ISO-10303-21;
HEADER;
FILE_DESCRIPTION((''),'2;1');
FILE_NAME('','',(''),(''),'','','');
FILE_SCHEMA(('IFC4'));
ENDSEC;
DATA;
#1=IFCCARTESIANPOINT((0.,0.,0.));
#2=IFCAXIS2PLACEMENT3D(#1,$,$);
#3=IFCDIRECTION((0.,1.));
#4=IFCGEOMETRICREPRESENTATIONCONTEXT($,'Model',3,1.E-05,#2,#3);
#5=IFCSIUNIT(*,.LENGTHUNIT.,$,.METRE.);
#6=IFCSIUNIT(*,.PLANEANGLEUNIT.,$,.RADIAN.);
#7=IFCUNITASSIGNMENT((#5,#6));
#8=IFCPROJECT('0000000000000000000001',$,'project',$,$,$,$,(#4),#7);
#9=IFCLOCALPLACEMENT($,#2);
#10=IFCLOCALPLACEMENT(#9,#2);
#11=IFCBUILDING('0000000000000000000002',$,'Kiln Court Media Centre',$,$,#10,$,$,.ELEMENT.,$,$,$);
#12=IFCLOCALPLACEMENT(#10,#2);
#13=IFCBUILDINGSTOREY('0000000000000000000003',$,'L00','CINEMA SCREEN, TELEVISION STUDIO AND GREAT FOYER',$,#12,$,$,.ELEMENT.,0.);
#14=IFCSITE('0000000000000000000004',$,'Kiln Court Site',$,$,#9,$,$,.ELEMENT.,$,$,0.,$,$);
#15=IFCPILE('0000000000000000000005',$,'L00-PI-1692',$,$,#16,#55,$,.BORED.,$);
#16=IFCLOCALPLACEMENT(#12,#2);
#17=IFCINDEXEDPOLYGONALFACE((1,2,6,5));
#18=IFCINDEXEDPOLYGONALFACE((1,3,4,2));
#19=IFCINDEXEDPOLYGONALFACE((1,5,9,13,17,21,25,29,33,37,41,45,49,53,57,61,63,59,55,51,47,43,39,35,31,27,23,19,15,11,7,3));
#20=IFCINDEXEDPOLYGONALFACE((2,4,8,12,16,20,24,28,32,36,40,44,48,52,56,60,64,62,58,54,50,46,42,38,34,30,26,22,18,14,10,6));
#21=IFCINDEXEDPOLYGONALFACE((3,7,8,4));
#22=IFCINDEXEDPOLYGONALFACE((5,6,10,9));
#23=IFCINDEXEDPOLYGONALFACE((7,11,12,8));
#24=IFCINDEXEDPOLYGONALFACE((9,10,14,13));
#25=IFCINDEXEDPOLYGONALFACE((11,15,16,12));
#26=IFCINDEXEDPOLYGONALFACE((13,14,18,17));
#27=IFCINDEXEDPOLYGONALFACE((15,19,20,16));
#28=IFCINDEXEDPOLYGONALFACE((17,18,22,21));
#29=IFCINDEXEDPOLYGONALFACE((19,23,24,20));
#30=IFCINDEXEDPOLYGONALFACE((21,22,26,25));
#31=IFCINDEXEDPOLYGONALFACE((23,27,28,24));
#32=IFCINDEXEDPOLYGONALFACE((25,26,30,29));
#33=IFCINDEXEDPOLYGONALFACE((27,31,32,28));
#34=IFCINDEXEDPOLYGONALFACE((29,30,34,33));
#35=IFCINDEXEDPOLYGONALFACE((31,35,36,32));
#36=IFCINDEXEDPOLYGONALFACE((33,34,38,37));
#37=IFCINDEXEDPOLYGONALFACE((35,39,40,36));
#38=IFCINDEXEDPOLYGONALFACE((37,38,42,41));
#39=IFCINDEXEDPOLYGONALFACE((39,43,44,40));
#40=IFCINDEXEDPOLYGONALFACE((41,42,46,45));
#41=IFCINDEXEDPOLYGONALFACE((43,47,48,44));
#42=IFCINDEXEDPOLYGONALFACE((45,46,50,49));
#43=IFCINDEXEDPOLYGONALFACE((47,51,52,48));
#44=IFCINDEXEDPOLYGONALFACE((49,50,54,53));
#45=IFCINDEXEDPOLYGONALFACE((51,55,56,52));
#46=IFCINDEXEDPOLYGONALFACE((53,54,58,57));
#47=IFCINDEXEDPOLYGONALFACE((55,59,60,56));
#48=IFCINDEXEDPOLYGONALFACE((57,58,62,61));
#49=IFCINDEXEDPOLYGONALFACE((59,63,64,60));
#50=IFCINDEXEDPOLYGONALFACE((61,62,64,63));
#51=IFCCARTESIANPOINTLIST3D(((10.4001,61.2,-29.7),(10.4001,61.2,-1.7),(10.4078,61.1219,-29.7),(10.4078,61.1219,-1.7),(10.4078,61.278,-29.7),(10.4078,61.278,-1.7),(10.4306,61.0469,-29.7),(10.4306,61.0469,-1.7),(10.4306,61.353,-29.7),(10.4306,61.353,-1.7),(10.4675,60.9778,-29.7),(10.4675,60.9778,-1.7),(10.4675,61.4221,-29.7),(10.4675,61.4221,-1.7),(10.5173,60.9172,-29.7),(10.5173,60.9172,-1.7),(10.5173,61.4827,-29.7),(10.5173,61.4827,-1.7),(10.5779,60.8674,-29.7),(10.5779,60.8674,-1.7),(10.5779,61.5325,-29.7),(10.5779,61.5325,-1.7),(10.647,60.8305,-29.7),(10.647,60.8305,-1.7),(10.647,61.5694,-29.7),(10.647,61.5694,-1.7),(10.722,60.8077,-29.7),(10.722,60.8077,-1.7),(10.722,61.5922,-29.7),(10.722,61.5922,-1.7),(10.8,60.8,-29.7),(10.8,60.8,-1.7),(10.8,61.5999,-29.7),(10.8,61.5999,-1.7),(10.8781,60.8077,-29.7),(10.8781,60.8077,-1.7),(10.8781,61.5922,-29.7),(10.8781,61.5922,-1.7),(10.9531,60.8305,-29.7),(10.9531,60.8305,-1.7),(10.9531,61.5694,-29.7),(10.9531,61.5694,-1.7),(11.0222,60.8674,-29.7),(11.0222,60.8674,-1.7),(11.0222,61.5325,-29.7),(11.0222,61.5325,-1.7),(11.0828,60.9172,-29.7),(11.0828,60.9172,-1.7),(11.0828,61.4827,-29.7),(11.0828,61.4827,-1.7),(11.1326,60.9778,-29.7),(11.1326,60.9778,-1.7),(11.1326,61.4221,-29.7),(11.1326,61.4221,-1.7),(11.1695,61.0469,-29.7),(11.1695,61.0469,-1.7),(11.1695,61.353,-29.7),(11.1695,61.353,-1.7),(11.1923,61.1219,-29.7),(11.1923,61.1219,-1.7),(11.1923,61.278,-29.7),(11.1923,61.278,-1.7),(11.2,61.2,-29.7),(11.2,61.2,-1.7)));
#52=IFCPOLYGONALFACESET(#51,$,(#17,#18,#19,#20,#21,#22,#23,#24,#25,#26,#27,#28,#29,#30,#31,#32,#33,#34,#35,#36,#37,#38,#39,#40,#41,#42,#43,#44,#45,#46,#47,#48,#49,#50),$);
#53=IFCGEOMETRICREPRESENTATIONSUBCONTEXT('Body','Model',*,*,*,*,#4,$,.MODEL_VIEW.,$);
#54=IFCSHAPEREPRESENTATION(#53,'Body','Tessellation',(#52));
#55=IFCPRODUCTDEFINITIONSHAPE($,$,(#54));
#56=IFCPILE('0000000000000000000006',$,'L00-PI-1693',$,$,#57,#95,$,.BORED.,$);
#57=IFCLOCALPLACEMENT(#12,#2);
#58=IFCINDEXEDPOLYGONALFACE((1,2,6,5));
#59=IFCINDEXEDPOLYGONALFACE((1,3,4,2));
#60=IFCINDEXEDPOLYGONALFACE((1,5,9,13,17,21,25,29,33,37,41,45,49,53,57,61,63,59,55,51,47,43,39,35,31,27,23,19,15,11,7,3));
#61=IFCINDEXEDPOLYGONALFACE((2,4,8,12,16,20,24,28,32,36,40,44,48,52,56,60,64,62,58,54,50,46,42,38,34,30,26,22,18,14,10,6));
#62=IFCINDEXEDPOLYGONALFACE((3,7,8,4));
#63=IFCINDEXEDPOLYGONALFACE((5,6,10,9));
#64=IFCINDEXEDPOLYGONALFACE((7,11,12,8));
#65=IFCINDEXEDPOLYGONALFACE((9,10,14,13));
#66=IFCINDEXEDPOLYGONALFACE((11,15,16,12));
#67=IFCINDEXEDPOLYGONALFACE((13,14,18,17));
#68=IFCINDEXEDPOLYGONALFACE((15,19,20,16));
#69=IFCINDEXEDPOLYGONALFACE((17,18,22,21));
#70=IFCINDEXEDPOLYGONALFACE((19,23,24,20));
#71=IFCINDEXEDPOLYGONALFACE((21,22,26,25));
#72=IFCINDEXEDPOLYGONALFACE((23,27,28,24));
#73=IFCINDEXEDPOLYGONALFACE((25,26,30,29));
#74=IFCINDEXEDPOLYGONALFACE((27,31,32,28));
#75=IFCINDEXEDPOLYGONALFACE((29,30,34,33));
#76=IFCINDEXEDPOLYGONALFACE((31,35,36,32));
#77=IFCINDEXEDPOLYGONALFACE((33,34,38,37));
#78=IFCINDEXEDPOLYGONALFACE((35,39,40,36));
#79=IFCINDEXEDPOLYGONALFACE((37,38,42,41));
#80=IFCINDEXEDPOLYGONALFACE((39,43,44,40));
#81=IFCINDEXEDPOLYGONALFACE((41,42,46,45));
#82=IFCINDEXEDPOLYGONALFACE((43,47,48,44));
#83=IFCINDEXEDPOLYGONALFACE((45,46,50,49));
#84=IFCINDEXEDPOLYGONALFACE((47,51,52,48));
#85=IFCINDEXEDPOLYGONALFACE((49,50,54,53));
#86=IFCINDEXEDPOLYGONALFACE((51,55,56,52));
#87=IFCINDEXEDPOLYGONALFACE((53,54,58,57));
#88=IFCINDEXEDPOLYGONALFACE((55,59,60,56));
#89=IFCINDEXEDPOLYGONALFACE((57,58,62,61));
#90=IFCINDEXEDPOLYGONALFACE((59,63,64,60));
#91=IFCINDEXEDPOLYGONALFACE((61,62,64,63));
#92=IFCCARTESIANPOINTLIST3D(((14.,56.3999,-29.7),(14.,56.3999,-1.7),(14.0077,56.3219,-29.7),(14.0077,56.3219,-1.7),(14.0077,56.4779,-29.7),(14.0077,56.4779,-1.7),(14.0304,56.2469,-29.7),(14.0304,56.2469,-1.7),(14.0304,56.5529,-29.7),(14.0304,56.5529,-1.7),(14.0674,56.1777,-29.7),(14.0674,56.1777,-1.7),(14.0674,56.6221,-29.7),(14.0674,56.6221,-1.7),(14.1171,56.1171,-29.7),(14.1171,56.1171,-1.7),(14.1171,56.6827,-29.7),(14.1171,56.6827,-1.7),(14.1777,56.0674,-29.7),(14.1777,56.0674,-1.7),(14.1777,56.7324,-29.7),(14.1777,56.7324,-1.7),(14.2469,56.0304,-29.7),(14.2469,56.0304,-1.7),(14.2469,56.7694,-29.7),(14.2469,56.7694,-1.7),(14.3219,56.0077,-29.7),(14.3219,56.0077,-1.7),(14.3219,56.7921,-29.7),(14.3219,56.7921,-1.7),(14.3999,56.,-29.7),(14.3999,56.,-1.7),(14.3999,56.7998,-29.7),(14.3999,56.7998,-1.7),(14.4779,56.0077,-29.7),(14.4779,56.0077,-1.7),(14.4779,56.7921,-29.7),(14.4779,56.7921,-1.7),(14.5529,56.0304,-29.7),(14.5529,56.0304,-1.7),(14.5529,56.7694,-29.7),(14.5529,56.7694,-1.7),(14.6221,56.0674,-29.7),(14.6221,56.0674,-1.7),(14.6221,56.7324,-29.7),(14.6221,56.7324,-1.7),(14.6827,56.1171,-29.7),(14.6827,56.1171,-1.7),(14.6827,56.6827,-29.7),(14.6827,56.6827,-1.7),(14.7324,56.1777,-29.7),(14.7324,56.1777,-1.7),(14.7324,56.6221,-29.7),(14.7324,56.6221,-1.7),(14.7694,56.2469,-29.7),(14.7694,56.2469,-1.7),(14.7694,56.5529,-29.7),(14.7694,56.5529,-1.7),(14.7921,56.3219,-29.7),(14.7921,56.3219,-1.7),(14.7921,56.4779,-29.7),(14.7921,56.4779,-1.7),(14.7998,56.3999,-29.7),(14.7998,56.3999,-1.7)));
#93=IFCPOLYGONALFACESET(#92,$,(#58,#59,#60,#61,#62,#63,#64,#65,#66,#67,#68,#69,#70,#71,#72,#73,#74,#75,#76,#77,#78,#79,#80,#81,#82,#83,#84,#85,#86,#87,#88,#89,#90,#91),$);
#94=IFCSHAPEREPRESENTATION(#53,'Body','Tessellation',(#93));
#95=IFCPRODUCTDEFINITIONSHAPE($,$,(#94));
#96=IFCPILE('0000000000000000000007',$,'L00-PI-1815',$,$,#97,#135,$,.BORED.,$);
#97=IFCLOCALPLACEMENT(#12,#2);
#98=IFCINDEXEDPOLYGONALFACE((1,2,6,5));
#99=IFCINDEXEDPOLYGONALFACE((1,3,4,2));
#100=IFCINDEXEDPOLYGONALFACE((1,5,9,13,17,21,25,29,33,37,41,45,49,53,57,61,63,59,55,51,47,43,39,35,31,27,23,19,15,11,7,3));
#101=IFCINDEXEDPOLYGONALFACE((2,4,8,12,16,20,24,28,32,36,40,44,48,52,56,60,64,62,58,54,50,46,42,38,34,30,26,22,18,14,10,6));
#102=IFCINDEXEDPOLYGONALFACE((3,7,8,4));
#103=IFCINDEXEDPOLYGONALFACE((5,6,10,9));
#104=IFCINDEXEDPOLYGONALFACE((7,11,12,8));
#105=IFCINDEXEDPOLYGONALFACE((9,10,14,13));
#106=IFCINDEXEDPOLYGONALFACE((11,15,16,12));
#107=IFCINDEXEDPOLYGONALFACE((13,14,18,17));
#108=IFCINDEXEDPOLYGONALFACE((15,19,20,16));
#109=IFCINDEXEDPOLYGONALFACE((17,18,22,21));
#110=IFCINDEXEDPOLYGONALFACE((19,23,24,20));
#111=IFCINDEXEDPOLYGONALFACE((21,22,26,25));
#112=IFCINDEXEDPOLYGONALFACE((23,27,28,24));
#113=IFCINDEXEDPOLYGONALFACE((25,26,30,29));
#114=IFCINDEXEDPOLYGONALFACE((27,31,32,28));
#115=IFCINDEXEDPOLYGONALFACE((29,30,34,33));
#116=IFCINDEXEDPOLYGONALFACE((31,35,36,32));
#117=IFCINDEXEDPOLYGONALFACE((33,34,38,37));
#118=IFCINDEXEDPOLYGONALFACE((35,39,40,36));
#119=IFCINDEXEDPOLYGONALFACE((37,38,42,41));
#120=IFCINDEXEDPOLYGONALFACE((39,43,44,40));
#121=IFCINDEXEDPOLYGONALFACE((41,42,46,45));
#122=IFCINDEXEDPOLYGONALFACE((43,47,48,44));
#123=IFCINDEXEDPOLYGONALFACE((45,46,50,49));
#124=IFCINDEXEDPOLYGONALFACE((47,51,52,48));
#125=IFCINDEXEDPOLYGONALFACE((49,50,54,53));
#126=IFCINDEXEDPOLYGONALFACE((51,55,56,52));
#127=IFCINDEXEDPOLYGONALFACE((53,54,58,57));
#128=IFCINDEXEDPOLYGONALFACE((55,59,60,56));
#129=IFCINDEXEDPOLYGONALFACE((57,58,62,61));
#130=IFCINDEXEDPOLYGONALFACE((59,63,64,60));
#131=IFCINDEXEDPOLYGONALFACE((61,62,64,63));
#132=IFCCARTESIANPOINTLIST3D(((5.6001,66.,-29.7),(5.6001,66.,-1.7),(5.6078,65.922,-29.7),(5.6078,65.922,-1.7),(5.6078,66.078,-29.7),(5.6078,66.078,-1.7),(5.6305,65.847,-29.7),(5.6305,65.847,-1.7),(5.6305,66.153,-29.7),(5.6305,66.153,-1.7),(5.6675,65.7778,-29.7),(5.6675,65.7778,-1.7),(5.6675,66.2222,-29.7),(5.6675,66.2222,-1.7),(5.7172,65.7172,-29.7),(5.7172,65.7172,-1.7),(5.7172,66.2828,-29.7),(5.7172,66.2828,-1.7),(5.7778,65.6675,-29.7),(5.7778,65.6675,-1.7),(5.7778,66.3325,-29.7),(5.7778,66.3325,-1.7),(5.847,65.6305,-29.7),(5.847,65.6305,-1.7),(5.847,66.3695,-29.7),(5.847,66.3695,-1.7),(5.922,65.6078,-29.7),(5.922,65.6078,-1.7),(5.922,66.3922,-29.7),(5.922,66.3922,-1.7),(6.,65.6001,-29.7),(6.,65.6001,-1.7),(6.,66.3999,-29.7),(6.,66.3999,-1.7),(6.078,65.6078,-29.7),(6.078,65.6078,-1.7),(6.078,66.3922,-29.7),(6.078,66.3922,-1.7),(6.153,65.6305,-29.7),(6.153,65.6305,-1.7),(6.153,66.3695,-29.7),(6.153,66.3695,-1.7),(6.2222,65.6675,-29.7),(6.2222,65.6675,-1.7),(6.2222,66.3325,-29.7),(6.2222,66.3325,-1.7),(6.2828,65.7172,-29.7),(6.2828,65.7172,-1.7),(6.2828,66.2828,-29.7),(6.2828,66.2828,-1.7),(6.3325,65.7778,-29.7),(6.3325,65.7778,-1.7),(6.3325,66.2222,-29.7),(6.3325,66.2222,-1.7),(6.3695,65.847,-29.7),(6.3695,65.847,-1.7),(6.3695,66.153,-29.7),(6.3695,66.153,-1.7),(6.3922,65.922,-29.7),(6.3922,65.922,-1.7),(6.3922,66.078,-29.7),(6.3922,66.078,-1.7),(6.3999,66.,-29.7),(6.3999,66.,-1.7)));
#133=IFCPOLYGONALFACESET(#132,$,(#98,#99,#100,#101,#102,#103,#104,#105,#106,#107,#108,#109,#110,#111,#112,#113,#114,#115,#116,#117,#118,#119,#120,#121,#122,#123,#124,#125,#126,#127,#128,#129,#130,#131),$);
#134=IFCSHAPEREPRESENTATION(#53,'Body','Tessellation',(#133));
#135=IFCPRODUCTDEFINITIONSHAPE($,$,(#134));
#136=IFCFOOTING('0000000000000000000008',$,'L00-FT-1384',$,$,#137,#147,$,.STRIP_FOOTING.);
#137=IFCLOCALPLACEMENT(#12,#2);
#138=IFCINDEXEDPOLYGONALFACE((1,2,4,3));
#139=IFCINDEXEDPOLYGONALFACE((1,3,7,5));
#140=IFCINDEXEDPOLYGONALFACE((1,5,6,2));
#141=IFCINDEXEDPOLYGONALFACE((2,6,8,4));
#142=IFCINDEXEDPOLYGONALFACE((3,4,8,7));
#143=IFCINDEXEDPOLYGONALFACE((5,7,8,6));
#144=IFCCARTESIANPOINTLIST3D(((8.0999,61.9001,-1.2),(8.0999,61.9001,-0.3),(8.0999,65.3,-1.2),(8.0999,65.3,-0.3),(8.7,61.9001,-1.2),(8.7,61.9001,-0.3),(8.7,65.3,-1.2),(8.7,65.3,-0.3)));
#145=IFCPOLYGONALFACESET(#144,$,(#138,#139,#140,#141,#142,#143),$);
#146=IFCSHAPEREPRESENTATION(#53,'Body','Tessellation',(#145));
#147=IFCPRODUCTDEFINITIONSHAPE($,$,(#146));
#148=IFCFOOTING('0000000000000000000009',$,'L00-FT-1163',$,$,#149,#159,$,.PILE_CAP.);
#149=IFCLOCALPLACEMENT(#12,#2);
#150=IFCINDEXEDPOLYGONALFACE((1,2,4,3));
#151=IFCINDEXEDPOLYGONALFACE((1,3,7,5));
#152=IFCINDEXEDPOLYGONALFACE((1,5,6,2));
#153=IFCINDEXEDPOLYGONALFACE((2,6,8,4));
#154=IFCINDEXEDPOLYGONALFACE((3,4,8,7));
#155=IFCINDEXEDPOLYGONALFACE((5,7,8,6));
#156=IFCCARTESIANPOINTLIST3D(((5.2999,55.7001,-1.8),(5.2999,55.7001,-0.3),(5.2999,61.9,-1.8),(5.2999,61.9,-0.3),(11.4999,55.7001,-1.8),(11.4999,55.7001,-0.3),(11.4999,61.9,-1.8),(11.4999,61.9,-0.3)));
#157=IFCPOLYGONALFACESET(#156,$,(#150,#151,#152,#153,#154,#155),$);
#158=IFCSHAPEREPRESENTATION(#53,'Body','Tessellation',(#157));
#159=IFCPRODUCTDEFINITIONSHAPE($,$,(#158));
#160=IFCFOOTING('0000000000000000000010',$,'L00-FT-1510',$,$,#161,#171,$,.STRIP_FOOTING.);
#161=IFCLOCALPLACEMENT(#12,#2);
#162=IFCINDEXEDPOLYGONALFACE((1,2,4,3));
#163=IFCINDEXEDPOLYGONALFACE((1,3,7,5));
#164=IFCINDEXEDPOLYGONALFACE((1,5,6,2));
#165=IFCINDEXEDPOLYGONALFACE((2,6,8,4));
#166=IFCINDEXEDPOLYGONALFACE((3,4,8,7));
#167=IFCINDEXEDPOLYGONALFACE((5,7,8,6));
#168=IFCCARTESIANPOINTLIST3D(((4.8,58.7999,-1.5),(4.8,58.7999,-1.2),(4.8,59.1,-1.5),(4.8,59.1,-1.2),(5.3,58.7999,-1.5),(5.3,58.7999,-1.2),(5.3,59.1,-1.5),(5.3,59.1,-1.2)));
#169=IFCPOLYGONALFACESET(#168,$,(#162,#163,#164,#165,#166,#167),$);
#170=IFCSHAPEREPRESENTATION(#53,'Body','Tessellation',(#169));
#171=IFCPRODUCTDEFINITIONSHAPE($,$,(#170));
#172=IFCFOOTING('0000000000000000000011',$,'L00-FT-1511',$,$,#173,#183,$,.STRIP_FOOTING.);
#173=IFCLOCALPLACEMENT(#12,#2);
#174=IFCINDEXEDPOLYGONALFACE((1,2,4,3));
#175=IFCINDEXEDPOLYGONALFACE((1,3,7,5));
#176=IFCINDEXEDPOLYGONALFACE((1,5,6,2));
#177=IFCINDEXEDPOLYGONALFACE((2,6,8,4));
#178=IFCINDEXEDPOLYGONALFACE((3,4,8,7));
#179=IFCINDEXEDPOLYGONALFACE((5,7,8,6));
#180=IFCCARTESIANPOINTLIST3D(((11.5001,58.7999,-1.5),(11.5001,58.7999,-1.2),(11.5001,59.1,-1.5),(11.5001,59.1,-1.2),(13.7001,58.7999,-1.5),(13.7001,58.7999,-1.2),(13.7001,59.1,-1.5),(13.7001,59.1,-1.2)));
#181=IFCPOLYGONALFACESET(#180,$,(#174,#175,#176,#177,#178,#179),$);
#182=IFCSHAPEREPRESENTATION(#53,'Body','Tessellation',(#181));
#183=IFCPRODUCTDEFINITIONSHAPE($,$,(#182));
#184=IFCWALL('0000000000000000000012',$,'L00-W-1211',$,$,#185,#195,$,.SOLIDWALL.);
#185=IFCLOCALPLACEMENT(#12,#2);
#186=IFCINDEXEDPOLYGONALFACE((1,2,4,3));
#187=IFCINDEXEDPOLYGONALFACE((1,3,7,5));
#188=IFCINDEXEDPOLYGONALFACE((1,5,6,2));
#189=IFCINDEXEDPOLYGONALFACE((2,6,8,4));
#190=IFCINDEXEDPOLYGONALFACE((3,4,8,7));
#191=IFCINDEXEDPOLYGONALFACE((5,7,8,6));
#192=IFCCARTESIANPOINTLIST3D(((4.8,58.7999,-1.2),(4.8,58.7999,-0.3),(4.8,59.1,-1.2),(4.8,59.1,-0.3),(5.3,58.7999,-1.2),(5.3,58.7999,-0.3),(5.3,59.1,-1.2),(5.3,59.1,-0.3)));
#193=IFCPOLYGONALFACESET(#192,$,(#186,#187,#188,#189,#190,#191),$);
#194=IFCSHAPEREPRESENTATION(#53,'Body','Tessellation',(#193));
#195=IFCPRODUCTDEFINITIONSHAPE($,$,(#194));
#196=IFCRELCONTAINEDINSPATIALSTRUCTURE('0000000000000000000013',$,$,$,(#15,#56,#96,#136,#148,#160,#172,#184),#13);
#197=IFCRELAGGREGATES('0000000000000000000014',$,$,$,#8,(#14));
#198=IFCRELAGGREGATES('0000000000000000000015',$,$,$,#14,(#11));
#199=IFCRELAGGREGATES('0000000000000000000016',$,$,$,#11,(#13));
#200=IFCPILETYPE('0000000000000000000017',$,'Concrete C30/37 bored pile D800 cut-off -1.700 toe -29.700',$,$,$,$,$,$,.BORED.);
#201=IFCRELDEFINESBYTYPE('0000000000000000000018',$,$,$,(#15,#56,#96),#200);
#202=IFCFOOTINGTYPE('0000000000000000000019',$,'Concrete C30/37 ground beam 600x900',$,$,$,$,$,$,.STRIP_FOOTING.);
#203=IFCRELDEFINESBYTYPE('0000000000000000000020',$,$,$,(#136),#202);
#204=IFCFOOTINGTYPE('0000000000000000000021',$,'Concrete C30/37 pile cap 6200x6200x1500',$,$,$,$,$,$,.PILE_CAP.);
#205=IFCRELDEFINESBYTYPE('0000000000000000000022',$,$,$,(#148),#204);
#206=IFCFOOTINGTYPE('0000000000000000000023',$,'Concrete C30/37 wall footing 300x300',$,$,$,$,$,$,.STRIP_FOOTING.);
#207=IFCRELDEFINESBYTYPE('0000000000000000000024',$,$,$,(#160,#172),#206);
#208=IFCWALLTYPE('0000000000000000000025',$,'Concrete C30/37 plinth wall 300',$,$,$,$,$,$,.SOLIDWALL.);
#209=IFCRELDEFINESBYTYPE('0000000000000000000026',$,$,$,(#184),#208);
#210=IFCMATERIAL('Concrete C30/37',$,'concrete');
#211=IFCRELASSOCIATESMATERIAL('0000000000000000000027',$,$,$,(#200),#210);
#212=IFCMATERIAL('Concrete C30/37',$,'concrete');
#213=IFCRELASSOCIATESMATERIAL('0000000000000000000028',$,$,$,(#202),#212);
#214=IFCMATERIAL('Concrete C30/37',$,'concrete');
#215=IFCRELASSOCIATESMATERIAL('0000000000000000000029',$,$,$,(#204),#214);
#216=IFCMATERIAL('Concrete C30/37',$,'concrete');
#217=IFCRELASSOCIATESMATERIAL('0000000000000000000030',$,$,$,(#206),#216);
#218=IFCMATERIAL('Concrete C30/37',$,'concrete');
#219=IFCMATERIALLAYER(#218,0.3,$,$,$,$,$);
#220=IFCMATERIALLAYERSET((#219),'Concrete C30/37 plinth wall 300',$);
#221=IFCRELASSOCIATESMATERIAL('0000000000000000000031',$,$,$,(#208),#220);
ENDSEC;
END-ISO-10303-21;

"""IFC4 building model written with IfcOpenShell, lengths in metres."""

from ifc_helpers import new_model, si_unit, direction, frame, frame_2d, origin, origin_2d, place, context, subcontext, project, spatial, rectangle, circle, extrude, material, layer, layer_set, material_profile, profile_set, type_object, element, save


model = new_model("IFC4")

# Units and contexts
model_context = context("Model", 3, precision=1e-05, world=origin(), true_north=direction((0.0, 1.0)))
body_context = subcontext(model_context, "Body", "Model", "MODEL_VIEW")
ifc_project = project(units=[si_unit("LENGTHUNIT", "METRE"), si_unit("PLANEANGLEUNIT", "RADIAN")], contexts=[model_context])

# Site, building, storey
site_placement = place(None, origin())
site = spatial("IfcSite", under=ifc_project, at=site_placement, Name="Kiln Court Site", CompositionType="ELEMENT", RefElevation=0.0)
building_placement = place(site_placement, origin())
building = spatial("IfcBuilding", under=site, at=building_placement, Name="Kiln Court Media Centre", CompositionType="ELEMENT")
storey_placement = place(building_placement, origin())
storey = spatial("IfcBuildingStorey", under=building, at=storey_placement, Name="L00", Description="CINEMA SCREEN, TELEVISION STUDIO AND GREAT FOYER", CompositionType="ELEMENT", Elevation=0.0)

# Piles
ifc_material_1 = material(Name="Concrete C30/37", Category="concrete")
ifc_material_profile = material_profile(ifc_material_1, circle(Radius=0.3999, at=origin_2d()), Name="PILE D800")
ifc_profile_set = profile_set([ifc_material_profile], Name="Concrete C30/37")
pile_type = type_object("IfcPileType", Name="Concrete C30/37 bored pile D800 cut-off -1.700 toe -29.700", PredefinedType="BORED", material=ifc_profile_set)
for number, where, z_axis, x_axis, name in (
    (1, (10.8, 61.2, -1.7), (0.0, 0.0, -1.0), (1.0, 0.0, 0.0), "L00-PI-1692"),
    (2, (14.3999, 56.3999, -1.7), (0.0, 0.0, -1.0), (1.0, 0.0, 0.0), "L00-PI-1693"),
    (3, (6.0, 66.0, -1.7), (0.0, 0.0, -1.0), (1.0, 0.0, 0.0), "L00-PI-1815"),
):
    element("IfcPile", number, at=place(storey_placement, frame(where, z_axis=z_axis, x_axis=x_axis)), inside=storey, type_object=pile_type, Name=name, PredefinedType="BORED", context=body_context, shape_type="SweptSolid", body=[
        extrude(circle(Radius=0.3999, at=origin_2d()), origin(), (0.0, 0.0, 1.0), 28.0),
    ])

# Footings
ifc_material_2 = material(Name="Concrete C30/37", Category="concrete")
footing_type_1 = type_object("IfcFootingType", Name="Concrete C30/37 ground beam 600x900", PredefinedType="STRIP_FOOTING", material=ifc_material_2)
footing_1_placement = place(storey_placement, frame((8.3999, 63.6001, -1.2), z_axis=(0.0, 0.0, 1.0), x_axis=(1.0, 0.0, 0.0)))
element("IfcFooting", 4, at=footing_1_placement, inside=storey, type_object=footing_type_1, Name="L00-FT-1384", PredefinedType="STRIP_FOOTING", context=body_context, shape_type="SweptSolid", body=[
    extrude(rectangle(XDim=0.6001, YDim=3.3999, at=origin_2d()), origin(), (0.0, 0.0, 1.0), 0.8999),
])
ifc_material_3 = material(Name="Concrete C30/37", Category="concrete")
footing_type_2 = type_object("IfcFootingType", Name="Concrete C30/37 pile cap 6200x6200x1500", PredefinedType="PILE_CAP", material=ifc_material_3)
footing_2_placement = place(storey_placement, frame((8.3999, 58.8, -1.8), z_axis=(0.0, 0.0, 1.0), x_axis=(1.0, 0.0, 0.0)))
element("IfcFooting", 5, at=footing_2_placement, inside=storey, type_object=footing_type_2, Name="L00-FT-1163", PredefinedType="PILE_CAP", context=body_context, shape_type="SweptSolid", body=[
    extrude(rectangle(XDim=6.2, YDim=6.2, at=origin_2d()), origin(), (0.0, 0.0, 1.0), 1.5),
])
ifc_material_4 = material(Name="Concrete C30/37", Category="concrete")
footing_type_3 = type_object("IfcFootingType", Name="Concrete C30/37 wall footing 300x300", PredefinedType="STRIP_FOOTING", material=ifc_material_4)
footing_3_placement = place(storey_placement, frame((5.05, 58.95, -1.5), z_axis=(0.0, 0.0, 1.0), x_axis=(1.0, 0.0, 0.0)))
element("IfcFooting", 6, at=footing_3_placement, inside=storey, type_object=footing_type_3, Name="L00-FT-1510", PredefinedType="STRIP_FOOTING", context=body_context, shape_type="SweptSolid", body=[
    extrude(rectangle(XDim=0.5, YDim=0.3, at=origin_2d()), origin(), (0.0, 0.0, 1.0), 0.3),
])
footing_4_placement = place(storey_placement, frame((12.6001, 58.95, -1.5), z_axis=(0.0, 0.0, 1.0), x_axis=(1.0, 0.0, 0.0)))
element("IfcFooting", 7, at=footing_4_placement, inside=storey, type_object=footing_type_3, Name="L00-FT-1511", PredefinedType="STRIP_FOOTING", context=body_context, shape_type="SweptSolid", body=[
    extrude(rectangle(XDim=2.2, YDim=0.3, at=origin_2d()), origin(), (0.0, 0.0, 1.0), 0.3),
])

# Wall
ifc_material_5 = material(Name="Concrete C30/37", Category="concrete")
ifc_layer_1 = layer(ifc_material_5, 0.3)
ifc_layer_set_1 = layer_set([ifc_layer_1], Name="Concrete C30/37 plinth wall 300")
wall_type_1 = type_object("IfcWallType", Name="Concrete C30/37 plinth wall 300", PredefinedType="SOLIDWALL", material=ifc_layer_set_1)
wall_1_placement = place(storey_placement, frame((5.3, 58.95, -1.2), z_axis=(0.0, 0.0, 1.0), x_axis=(-1.0, 0.0, 0.0)))
element("IfcWall", 8, at=wall_1_placement, inside=storey, type_object=wall_type_1, Name="L00-W-1211", PredefinedType="SOLIDWALL", context=body_context, shape_type="SweptSolid", body=[
    extrude(rectangle(XDim=0.5, YDim=0.3, at=frame_2d((0.25, 0.0))), origin(), (0.0, 0.0, 1.0), 0.8999),
])

save(model, "model.ifc")
